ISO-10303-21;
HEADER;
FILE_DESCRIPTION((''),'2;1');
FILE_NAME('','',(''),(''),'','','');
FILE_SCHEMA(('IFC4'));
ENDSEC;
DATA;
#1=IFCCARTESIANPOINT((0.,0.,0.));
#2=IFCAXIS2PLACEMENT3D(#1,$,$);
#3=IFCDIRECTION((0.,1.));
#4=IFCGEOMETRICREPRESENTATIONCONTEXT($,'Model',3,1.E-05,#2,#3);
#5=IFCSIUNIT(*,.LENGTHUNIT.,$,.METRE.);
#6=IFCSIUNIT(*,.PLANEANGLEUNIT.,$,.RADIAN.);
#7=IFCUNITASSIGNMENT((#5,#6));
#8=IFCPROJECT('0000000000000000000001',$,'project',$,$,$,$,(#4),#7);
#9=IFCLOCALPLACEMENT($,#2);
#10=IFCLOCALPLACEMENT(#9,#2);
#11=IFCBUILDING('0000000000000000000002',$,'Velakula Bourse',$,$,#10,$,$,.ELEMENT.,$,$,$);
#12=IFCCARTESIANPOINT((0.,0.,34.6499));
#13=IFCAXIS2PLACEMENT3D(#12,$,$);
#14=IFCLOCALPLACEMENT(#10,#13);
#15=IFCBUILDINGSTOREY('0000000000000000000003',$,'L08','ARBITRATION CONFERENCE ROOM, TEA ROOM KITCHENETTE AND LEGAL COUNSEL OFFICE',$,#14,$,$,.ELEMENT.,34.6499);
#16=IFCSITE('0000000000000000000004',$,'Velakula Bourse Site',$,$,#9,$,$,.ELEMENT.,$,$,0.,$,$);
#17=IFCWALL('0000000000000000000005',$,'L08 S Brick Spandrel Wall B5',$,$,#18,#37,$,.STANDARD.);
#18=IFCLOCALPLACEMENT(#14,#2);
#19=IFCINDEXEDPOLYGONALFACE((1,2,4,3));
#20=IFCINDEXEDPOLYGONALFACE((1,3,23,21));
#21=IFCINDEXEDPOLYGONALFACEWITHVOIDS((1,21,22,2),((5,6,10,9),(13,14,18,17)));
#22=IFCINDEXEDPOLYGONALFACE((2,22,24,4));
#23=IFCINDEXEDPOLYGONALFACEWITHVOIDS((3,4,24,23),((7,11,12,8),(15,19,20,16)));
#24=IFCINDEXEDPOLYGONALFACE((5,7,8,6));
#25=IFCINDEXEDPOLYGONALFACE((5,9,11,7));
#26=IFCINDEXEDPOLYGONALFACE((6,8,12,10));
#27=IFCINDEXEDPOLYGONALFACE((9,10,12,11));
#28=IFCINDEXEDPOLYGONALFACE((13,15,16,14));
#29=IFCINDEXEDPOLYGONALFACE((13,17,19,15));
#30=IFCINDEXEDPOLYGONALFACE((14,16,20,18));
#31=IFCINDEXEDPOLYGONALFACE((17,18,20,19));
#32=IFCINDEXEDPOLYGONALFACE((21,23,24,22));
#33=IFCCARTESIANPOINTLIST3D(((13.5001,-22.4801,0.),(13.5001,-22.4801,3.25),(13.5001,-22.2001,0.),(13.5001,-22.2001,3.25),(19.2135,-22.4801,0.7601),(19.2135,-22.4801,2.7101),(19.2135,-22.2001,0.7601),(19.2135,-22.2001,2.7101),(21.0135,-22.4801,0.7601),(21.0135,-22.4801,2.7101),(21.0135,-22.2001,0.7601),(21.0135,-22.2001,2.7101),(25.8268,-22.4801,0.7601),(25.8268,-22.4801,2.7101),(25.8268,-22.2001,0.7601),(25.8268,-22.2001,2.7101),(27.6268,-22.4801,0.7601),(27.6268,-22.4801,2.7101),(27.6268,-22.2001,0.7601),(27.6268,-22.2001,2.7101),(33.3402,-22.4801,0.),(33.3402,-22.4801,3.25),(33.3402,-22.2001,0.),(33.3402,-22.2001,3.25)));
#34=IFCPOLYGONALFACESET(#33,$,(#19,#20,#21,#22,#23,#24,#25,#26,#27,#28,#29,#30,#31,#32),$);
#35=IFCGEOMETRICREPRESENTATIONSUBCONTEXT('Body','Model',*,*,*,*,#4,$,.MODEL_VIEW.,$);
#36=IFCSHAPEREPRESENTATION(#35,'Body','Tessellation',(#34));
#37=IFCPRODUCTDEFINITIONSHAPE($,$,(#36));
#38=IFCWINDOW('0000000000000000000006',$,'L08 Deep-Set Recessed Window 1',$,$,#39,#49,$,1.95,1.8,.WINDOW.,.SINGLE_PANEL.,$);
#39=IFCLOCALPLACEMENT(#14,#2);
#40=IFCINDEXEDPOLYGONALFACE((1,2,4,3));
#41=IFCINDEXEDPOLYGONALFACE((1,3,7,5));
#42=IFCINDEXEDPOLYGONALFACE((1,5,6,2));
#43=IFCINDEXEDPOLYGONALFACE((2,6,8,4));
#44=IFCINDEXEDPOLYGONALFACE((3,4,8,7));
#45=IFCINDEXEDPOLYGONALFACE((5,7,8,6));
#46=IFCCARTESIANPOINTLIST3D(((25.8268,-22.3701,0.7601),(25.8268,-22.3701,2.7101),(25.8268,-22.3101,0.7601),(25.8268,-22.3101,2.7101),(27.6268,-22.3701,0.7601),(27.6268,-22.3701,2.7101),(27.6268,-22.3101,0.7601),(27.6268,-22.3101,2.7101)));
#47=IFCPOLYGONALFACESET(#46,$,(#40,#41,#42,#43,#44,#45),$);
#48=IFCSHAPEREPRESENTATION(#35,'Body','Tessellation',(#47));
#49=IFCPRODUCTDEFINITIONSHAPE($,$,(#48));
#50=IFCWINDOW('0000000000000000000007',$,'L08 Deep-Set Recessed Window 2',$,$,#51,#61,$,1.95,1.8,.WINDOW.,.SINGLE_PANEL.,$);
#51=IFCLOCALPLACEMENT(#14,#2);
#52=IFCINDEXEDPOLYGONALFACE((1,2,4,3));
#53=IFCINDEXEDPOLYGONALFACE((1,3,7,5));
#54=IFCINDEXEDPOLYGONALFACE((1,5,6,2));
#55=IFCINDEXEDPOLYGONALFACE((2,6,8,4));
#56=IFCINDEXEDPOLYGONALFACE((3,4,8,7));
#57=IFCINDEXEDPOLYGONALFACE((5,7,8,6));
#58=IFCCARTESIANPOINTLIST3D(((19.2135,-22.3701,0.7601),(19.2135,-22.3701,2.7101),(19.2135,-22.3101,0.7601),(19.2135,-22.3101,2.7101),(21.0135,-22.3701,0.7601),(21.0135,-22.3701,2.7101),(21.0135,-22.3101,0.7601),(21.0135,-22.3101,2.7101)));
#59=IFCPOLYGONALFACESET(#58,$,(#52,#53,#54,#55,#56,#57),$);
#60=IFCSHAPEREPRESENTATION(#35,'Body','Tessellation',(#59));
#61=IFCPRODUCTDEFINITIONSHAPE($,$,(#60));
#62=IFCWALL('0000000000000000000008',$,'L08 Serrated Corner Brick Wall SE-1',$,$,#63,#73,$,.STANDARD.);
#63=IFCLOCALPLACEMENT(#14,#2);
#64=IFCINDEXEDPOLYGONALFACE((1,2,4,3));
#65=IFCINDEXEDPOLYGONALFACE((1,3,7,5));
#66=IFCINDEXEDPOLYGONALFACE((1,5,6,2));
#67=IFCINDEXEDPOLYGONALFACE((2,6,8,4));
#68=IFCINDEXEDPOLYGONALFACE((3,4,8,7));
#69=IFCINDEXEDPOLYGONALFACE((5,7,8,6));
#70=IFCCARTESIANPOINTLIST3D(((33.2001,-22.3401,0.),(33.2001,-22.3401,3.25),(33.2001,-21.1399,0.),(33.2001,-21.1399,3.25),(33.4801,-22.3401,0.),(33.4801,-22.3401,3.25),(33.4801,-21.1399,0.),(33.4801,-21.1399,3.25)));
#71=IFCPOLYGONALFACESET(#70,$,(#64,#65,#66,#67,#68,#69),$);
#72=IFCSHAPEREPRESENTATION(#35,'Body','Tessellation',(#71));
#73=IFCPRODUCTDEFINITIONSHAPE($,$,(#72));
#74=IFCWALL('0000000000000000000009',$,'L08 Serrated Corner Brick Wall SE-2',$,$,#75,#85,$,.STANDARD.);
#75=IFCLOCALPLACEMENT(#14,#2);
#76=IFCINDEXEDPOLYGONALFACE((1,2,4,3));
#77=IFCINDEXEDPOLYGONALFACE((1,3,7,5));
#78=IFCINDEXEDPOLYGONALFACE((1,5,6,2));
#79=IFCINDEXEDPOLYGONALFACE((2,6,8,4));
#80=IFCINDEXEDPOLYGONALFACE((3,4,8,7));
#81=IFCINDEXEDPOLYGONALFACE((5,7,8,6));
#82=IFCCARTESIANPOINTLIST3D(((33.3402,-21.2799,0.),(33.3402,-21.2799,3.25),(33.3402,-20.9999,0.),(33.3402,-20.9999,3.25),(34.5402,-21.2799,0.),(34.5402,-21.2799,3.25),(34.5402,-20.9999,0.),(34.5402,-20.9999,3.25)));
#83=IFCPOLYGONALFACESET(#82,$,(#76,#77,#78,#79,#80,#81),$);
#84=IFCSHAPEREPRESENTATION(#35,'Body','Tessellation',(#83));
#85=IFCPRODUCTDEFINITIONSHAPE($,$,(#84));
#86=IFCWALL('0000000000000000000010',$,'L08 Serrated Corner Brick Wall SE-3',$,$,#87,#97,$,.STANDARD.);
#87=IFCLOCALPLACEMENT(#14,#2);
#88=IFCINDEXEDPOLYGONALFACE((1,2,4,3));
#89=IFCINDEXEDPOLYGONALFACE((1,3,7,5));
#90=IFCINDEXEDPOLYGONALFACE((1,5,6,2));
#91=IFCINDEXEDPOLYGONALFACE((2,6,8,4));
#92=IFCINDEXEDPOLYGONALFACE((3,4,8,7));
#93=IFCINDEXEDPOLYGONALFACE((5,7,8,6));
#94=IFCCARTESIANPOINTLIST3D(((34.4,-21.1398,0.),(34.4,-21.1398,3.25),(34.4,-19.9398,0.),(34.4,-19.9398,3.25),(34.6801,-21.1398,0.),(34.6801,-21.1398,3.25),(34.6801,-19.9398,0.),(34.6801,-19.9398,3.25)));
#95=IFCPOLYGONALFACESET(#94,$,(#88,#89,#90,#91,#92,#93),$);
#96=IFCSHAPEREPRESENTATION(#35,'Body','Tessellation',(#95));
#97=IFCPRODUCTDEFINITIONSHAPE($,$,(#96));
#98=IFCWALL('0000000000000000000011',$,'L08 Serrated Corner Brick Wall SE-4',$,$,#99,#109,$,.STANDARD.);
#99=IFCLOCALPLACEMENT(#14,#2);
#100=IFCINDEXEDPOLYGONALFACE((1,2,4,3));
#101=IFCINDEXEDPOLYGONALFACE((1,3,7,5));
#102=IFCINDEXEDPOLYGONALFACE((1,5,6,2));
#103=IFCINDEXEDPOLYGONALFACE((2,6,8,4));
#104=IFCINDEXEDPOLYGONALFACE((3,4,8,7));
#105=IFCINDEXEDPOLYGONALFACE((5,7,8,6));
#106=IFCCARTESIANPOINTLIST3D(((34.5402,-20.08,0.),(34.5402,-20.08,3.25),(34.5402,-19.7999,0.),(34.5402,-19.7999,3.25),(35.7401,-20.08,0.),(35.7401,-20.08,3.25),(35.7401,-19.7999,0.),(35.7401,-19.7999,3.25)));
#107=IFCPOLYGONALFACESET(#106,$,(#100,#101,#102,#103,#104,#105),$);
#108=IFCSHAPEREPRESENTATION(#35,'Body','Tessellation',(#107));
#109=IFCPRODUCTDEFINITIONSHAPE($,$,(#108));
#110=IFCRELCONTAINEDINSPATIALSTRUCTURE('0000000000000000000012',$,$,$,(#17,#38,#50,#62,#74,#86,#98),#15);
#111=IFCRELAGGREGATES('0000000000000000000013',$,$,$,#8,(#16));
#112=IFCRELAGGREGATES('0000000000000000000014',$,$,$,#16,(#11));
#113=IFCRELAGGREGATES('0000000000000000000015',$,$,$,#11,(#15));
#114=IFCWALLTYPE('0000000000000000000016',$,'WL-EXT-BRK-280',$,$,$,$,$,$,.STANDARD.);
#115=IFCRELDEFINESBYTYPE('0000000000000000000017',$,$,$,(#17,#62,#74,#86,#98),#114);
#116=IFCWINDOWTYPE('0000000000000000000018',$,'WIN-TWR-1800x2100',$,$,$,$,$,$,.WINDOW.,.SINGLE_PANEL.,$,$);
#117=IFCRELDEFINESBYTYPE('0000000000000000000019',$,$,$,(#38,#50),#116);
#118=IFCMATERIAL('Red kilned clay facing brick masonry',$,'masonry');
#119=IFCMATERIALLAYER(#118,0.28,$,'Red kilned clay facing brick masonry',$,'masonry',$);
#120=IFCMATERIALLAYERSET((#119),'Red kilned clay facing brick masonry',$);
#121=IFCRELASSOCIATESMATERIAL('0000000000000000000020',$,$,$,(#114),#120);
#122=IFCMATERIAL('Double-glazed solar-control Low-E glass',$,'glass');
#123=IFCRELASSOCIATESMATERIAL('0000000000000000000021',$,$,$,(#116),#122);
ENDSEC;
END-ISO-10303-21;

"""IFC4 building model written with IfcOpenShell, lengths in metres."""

from ifc_helpers import new_model, si_unit, direction, frame, frame_2d, origin, place, context, subcontext, project, spatial, rectangle, extrude, material, layer, layer_set, type_object, element, fill, save


model = new_model("IFC4")

# Units and contexts
model_context = context("Model", 3, precision=1e-05, world=origin(), true_north=direction((0.0, 1.0)))
body_context = subcontext(model_context, "Body", "Model", "MODEL_VIEW")
ifc_project = project(units=[si_unit("LENGTHUNIT", "METRE"), si_unit("PLANEANGLEUNIT", "RADIAN")], contexts=[model_context])

# Site, building, storey
site_placement = place(None, origin())
site = spatial("IfcSite", under=ifc_project, at=site_placement, Name="Velakula Bourse Site", CompositionType="ELEMENT", RefElevation=0.0)
building_placement = place(site_placement, origin())
building = spatial("IfcBuilding", under=site, at=building_placement, Name="Velakula Bourse", CompositionType="ELEMENT")
storey_placement = place(building_placement, frame((0.0, 0.0, 34.6499)))
storey = spatial("IfcBuildingStorey", under=building, at=storey_placement, Name="L08", Description="ARBITRATION CONFERENCE ROOM, TEA ROOM KITCHENETTE AND LEGAL COUNSEL OFFICE", CompositionType="ELEMENT", Elevation=34.6499)

# Wall, openings, windows
ifc_material_1 = material(Name="Red kilned clay facing brick masonry", Category="masonry")
ifc_layer = layer(ifc_material_1, 0.28, Name="Red kilned clay facing brick masonry", Category="masonry")
ifc_layer_set = layer_set([ifc_layer], Name="Red kilned clay facing brick masonry")
wall_type = type_object("IfcWallType", Name="WL-EXT-BRK-280", PredefinedType="STANDARD", material=ifc_layer_set)
wall_1_placement = place(storey_placement, frame((33.3401, -22.3401, 0.0), z_axis=(0.0, 0.0, 1.0), x_axis=(-1.0, 0.0, 0.0)))
wall_1 = element("IfcWall", 1, at=wall_1_placement, inside=storey, type_object=wall_type, Name="L08 S Brick Spandrel Wall B5", PredefinedType="STANDARD", context=body_context, shape_type="SweptSolid", body=[
    extrude(rectangle(XDim=19.8401, YDim=0.28, at=frame_2d((9.9199, 0.0))), origin(), (0.0, 0.0, 1.0), 3.25),
])
opening_1_placement = place(wall_1_placement, frame((5.7134, 0.0, 0.76)))
opening_1 = element("IfcOpeningElement", 2, at=opening_1_placement, cuts=wall_1, PredefinedType="OPENING", context=body_context, shape_type="SweptSolid", body=[
    extrude(rectangle(XDim=1.8, YDim=1.95, at=frame_2d((0.8999, 0.9751))), frame((0.0, 0.1499, 0.0), z_axis=(0.0, -1.0, 0.0), x_axis=(1.0, 0.0, 0.0)), (0.0, 0.0, 1.0), 0.3),
])
opening_2_placement = place(wall_1_placement, frame((12.3267, 0.0, 0.76)))
opening_2 = element("IfcOpeningElement", 3, at=opening_2_placement, cuts=wall_1, PredefinedType="OPENING", context=body_context, shape_type="SweptSolid", body=[
    extrude(rectangle(XDim=1.8, YDim=1.95, at=frame_2d((0.8999, 0.9751))), frame((0.0, 0.1499, 0.0), z_axis=(0.0, -1.0, 0.0), x_axis=(1.0, 0.0, 0.0)), (0.0, 0.0, 1.0), 0.3),
])
ifc_material_2 = material(Name="Double-glazed solar-control Low-E glass", Category="glass")
window_type = type_object("IfcWindowType", Name="WIN-TWR-1800x2100", PartitioningType="SINGLE_PANEL", PredefinedType="WINDOW", material=ifc_material_2)
window_1_placement = place(opening_1_placement, origin())
window_1 = element("IfcWindow", 4, at=window_1_placement, inside=storey, type_object=window_type, Name="L08 Deep-Set Recessed Window 1", OverallHeight=1.95, OverallWidth=1.8, PartitioningType="SINGLE_PANEL", PredefinedType="WINDOW", context=body_context, shape_type="SweptSolid", body=[
    extrude(rectangle(XDim=1.8, YDim=1.95, at=frame_2d((0.8999, 0.9751))), frame((0.0, 0.03, 0.0), z_axis=(0.0, -1.0, 0.0), x_axis=(1.0, 0.0, 0.0)), (0.0, 0.0, 1.0), 0.0601),
])
fill(opening_1, window_1)
window_2_placement = place(opening_2_placement, origin())
window_2 = element("IfcWindow", 5, at=window_2_placement, inside=storey, type_object=window_type, Name="L08 Deep-Set Recessed Window 2", OverallHeight=1.95, OverallWidth=1.8, PartitioningType="SINGLE_PANEL", PredefinedType="WINDOW", context=body_context, shape_type="SweptSolid", body=[
    extrude(rectangle(XDim=1.8, YDim=1.95, at=frame_2d((0.8999, 0.9751))), frame((0.0, 0.03, 0.0), z_axis=(0.0, -1.0, 0.0), x_axis=(1.0, 0.0, 0.0)), (0.0, 0.0, 1.0), 0.0601),
])
fill(opening_2, window_2)

# Walls
wall_2_placement = place(storey_placement, frame((33.3401, -22.3401, 0.0), z_axis=(0.0, 0.0, 1.0), x_axis=(0.0, 1.0, 0.0)))
element("IfcWall", 6, at=wall_2_placement, inside=storey, type_object=wall_type, Name="L08 Serrated Corner Brick Wall SE-1", PredefinedType="STANDARD", context=body_context, shape_type="SweptSolid", body=[
    extrude(rectangle(XDim=1.2002, YDim=0.28, at=frame_2d((0.6001, 0.0))), origin(), (0.0, 0.0, 1.0), 3.25),
])
for number, where, z_axis, x_axis, name in (
    (7, (33.3401, -21.1399, 0.0), (0.0, 0.0, 1.0), (1.0, 0.0, 0.0), "L08 Serrated Corner Brick Wall SE-2"),
    (8, (34.54, -21.1399, 0.0), (0.0, 0.0, 1.0), (0.0, 1.0, 0.0), "L08 Serrated Corner Brick Wall SE-3"),
    (9, (34.54, -19.9399, 0.0), (0.0, 0.0, 1.0), (1.0, 0.0, 0.0), "L08 Serrated Corner Brick Wall SE-4"),
):
    element("IfcWall", number, at=place(storey_placement, frame(where, z_axis=z_axis, x_axis=x_axis)), inside=storey, type_object=wall_type, Name=name, PredefinedType="STANDARD", context=body_context, shape_type="SweptSolid", body=[
        extrude(rectangle(XDim=1.2, YDim=0.28, at=frame_2d((0.6001, 0.0))), origin(), (0.0, 0.0, 1.0), 3.25),
    ])

save(model, "model.ifc")
